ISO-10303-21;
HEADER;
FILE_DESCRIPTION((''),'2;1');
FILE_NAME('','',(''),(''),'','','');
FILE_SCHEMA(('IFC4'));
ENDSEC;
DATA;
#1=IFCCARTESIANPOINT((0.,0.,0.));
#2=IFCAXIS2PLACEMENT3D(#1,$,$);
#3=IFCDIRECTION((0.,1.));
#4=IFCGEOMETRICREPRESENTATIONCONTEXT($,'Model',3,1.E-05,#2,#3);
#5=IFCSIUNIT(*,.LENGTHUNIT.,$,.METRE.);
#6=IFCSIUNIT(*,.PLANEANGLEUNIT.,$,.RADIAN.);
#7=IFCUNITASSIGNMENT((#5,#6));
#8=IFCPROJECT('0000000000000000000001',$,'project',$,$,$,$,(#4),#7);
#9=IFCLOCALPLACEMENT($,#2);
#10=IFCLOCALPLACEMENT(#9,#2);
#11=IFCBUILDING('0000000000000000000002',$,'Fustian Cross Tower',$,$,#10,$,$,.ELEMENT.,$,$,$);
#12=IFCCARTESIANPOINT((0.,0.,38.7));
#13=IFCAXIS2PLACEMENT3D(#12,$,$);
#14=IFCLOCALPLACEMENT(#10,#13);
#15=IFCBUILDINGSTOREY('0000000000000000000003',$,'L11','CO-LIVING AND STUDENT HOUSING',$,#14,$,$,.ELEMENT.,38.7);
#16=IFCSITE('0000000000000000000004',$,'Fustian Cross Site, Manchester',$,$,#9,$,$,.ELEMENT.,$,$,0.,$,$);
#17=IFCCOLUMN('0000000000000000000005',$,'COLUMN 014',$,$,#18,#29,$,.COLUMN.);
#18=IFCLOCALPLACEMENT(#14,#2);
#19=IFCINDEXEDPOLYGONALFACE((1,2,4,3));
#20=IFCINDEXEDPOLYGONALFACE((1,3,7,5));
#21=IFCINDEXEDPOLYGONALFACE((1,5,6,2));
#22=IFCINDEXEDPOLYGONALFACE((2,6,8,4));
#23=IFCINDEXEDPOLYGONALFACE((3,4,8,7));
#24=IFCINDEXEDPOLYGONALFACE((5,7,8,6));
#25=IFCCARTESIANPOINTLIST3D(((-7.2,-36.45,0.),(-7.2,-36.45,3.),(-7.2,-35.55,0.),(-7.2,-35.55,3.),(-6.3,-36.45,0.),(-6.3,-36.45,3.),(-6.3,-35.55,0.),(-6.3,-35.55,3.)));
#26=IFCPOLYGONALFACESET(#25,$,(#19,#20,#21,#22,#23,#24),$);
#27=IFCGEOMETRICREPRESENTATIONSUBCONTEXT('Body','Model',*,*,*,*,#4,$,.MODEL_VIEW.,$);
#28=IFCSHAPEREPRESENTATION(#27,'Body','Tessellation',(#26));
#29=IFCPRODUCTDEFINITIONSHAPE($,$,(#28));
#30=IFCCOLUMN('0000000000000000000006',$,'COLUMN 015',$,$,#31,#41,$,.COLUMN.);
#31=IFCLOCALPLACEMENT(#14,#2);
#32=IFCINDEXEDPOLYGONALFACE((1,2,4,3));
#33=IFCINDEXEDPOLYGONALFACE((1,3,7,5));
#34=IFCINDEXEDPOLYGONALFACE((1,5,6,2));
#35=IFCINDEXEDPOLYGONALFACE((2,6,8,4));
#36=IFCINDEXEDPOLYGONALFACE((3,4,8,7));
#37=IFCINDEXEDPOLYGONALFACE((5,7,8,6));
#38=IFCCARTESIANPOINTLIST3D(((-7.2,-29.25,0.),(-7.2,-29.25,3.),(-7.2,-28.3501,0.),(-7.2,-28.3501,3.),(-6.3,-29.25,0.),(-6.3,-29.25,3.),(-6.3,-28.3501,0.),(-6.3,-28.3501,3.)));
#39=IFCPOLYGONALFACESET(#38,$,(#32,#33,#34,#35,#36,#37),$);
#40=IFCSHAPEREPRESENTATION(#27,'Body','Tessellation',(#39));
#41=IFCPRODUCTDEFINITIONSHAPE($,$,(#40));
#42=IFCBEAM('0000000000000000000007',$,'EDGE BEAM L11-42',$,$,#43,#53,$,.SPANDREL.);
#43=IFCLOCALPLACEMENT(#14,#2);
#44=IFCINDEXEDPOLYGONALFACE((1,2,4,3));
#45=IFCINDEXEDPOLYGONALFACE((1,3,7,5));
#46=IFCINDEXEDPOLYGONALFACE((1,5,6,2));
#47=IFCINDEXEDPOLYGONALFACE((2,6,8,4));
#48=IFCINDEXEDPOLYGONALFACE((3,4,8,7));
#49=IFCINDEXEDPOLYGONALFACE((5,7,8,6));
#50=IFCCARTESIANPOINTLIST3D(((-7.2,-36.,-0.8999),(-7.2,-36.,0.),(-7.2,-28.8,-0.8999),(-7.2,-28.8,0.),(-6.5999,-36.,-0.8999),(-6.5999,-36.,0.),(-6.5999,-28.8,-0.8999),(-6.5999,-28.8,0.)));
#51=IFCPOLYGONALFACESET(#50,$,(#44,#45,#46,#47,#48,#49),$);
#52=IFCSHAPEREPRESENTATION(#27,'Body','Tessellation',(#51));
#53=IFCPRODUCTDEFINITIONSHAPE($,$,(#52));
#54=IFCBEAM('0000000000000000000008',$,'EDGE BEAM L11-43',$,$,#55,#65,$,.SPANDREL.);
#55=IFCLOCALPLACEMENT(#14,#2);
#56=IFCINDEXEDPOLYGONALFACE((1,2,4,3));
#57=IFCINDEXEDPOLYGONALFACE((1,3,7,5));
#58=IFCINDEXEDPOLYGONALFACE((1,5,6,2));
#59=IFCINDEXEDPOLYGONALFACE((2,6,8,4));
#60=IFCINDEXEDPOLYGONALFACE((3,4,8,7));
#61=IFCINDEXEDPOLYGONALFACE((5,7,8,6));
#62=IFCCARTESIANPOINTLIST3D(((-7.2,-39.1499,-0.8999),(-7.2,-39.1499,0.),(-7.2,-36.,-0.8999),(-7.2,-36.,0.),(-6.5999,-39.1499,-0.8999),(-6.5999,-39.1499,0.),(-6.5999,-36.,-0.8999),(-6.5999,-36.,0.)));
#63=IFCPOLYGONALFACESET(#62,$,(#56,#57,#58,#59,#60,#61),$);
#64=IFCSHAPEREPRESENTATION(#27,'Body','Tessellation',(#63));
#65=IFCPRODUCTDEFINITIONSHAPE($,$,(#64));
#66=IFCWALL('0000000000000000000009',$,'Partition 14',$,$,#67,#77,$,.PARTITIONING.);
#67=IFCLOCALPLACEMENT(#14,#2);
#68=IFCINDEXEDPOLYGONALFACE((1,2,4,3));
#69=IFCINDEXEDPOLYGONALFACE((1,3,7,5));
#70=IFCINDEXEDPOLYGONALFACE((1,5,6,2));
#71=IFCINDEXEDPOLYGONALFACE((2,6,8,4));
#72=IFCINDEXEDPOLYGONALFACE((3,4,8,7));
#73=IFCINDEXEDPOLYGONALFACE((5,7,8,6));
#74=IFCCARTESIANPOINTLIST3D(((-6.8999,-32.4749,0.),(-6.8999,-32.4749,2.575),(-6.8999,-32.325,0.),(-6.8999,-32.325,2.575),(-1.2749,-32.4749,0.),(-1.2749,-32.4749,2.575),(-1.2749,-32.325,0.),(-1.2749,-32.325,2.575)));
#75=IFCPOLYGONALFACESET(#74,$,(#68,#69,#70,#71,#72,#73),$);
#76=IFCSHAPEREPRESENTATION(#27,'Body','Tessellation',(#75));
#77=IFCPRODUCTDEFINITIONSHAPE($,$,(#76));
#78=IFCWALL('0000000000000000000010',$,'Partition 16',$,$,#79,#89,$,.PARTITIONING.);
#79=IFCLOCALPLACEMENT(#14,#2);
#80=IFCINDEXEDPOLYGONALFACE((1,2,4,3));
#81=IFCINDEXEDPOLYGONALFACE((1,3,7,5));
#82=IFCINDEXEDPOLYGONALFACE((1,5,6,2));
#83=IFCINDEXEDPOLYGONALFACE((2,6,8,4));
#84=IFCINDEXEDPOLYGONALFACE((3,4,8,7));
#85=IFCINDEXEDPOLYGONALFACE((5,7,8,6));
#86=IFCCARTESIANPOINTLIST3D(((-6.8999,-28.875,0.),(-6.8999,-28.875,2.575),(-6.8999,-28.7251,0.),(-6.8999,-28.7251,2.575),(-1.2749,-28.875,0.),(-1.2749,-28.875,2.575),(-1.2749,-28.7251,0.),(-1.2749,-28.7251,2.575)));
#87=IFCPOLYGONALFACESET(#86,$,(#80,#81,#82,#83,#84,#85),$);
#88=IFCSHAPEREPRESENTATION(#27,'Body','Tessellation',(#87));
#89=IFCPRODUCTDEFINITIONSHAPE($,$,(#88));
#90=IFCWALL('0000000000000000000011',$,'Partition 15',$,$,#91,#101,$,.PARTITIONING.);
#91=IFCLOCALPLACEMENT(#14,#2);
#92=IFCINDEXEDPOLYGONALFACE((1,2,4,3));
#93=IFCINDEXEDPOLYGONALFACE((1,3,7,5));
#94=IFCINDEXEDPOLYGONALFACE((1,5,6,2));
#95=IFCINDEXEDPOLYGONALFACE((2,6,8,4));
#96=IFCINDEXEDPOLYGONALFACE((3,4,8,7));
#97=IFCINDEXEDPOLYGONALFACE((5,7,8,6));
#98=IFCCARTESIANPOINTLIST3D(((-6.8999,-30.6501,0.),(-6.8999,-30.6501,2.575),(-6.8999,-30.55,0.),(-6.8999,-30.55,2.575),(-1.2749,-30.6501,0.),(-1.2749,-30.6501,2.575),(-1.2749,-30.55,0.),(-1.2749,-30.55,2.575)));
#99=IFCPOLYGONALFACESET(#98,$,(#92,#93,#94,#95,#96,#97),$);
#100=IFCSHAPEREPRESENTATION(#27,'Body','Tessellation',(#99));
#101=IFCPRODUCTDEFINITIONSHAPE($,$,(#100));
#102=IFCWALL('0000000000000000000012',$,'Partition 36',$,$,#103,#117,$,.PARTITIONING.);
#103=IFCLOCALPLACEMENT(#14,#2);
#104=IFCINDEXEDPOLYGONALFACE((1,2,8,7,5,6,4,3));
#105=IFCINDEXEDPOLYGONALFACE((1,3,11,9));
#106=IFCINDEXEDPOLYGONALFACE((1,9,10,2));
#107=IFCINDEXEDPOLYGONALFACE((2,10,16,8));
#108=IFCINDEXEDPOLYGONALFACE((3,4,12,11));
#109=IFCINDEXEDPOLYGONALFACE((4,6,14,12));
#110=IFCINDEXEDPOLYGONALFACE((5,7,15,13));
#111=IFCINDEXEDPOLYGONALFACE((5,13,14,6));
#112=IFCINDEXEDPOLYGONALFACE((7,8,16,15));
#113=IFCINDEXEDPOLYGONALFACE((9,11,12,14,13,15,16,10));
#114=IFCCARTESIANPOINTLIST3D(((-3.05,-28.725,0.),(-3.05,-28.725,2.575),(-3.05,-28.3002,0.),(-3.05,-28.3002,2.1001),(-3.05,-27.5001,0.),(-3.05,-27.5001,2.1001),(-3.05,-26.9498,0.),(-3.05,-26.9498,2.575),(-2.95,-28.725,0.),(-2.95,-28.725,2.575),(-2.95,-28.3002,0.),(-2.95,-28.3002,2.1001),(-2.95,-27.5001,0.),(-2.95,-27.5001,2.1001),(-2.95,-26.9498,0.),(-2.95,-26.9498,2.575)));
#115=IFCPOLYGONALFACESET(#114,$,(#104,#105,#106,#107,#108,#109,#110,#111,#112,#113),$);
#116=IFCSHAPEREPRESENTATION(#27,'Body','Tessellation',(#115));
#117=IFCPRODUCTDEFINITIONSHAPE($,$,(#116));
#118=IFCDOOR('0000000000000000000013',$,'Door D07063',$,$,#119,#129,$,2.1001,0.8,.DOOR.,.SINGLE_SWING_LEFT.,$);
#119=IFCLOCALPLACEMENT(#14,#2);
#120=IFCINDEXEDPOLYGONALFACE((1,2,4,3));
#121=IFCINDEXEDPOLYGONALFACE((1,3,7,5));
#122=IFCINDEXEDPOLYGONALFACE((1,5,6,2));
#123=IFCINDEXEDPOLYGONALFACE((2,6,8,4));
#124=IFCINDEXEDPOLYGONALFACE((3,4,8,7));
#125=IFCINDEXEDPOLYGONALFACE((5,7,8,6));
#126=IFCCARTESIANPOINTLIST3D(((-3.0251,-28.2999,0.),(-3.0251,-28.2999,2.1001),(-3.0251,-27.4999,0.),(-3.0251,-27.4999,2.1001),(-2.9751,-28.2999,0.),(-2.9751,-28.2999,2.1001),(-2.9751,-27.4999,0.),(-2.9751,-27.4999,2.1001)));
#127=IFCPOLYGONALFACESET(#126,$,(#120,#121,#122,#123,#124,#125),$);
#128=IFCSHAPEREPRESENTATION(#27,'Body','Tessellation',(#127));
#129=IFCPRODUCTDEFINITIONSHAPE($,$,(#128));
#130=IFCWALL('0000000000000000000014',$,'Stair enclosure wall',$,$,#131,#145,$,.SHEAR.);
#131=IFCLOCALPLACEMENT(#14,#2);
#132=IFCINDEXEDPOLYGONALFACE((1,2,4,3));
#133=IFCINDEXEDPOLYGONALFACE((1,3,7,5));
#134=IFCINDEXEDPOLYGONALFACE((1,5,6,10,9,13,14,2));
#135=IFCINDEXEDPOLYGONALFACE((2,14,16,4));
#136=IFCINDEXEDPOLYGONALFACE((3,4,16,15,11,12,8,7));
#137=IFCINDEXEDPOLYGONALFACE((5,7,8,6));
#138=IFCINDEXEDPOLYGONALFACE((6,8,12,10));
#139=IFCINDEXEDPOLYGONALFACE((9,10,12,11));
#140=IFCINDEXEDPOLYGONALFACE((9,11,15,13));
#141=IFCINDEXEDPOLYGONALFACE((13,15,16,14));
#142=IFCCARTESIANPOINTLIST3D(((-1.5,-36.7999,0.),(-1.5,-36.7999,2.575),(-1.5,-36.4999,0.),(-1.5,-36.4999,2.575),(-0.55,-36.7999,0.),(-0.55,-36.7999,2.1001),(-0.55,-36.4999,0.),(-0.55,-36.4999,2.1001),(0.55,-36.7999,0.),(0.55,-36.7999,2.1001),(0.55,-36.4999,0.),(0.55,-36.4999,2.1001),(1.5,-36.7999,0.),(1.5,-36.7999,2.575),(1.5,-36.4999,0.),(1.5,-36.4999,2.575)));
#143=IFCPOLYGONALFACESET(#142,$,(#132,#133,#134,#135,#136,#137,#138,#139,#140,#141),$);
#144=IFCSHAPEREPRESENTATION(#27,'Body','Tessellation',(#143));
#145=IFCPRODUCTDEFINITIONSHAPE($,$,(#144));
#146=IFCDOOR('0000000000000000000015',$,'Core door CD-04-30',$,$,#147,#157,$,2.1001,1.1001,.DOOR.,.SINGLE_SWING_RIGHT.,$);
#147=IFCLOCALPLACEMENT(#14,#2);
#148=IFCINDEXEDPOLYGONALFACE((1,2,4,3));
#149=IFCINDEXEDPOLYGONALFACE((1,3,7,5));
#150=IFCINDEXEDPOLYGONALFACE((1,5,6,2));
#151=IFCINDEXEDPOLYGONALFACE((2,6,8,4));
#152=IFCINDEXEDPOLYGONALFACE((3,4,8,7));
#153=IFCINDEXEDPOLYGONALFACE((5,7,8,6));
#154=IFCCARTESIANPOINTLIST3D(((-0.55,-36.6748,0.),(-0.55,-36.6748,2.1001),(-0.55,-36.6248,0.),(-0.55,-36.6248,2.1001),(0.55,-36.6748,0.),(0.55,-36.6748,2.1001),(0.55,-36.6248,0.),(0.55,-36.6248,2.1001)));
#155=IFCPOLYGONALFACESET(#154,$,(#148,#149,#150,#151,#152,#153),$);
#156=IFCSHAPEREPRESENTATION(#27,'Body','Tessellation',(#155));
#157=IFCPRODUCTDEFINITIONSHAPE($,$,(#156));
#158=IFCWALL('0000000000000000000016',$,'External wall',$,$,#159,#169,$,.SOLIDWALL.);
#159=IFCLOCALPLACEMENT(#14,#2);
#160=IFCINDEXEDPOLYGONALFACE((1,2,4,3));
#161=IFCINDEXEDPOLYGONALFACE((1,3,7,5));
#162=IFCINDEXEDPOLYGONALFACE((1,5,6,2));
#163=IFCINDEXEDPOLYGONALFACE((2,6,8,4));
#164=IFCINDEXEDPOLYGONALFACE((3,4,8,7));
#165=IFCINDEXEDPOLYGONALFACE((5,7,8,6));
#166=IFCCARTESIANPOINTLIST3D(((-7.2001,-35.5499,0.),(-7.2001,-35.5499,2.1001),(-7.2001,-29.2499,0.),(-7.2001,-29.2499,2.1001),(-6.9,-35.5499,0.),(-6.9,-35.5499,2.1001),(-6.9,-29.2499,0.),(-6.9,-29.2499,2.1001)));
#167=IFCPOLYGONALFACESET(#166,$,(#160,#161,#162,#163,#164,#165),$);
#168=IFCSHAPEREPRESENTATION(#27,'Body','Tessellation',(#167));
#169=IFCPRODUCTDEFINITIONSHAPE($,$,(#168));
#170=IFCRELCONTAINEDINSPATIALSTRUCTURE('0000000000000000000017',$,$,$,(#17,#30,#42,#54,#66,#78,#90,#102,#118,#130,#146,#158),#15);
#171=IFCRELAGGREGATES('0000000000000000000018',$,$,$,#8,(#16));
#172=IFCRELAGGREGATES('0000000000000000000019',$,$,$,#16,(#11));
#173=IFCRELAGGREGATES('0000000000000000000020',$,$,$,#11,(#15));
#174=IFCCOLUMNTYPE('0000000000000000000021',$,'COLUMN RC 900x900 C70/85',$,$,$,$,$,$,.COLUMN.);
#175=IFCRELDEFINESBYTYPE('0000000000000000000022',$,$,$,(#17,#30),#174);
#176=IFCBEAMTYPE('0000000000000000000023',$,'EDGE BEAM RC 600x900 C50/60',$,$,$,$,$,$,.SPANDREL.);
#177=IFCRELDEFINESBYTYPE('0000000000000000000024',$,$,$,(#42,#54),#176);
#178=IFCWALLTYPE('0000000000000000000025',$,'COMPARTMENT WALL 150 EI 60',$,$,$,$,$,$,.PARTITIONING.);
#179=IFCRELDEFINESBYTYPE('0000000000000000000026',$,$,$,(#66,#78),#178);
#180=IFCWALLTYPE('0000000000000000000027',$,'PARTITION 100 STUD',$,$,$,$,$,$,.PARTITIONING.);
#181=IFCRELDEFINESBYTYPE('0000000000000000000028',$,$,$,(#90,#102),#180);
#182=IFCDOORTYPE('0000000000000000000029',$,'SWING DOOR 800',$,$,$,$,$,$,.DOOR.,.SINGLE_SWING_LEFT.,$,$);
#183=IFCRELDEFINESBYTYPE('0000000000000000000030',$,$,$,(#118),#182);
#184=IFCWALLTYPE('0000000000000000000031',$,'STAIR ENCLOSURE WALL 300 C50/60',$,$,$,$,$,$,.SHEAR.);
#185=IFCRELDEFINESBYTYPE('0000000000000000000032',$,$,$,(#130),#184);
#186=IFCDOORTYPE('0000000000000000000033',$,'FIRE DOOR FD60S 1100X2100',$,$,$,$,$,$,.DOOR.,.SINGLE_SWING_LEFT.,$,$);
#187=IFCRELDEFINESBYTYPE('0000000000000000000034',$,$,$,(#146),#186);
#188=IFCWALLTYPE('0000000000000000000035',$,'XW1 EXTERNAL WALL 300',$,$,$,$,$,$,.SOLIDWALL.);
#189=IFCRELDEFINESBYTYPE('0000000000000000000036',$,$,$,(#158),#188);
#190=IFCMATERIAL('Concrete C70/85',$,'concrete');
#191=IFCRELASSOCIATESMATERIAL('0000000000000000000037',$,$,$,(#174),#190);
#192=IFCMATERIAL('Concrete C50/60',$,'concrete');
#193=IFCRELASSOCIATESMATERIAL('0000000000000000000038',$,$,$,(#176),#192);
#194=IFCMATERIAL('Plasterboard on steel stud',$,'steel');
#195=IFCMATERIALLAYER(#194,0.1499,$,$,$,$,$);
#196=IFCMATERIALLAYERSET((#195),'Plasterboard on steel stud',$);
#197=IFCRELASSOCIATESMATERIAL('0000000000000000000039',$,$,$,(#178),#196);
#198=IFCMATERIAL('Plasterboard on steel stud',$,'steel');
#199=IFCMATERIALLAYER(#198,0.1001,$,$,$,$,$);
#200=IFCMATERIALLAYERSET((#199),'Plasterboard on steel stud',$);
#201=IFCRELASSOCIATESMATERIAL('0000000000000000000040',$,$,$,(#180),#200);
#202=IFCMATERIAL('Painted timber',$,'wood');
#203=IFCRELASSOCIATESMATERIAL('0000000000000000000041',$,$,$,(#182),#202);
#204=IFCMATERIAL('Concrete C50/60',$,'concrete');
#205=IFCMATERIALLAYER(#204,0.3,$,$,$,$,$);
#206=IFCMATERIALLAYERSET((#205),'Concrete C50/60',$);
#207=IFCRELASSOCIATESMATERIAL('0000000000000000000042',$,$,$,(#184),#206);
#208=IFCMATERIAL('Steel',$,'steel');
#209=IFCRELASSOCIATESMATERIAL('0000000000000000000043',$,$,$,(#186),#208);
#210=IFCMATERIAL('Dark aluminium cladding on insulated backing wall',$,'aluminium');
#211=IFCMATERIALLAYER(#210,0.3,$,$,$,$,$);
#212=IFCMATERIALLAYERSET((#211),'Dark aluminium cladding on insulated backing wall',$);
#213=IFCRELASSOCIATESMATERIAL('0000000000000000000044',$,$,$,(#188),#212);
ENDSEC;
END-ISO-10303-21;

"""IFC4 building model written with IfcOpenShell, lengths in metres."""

from ifc_helpers import new_model, si_unit, direction, frame, frame_2d, origin, origin_2d, place, context, subcontext, project, spatial, rectangle, extrude, material, layer, layer_set, material_profile, profile_set, type_object, element, fill, save


model = new_model("IFC4")

# Units and contexts
model_context = context("Model", 3, precision=1e-05, world=origin(), true_north=direction((0.0, 1.0)))
body_context = subcontext(model_context, "Body", "Model", "MODEL_VIEW")
ifc_project = project(units=[si_unit("LENGTHUNIT", "METRE"), si_unit("PLANEANGLEUNIT", "RADIAN")], contexts=[model_context])

# Site, building, storey
site_placement = place(None, origin())
site = spatial("IfcSite", under=ifc_project, at=site_placement, Name="Fustian Cross Site, Manchester", CompositionType="ELEMENT", RefElevation=0.0)
building_placement = place(site_placement, origin())
building = spatial("IfcBuilding", under=site, at=building_placement, Name="Fustian Cross Tower", CompositionType="ELEMENT")
storey_placement = place(building_placement, frame((0.0, 0.0, 38.7)))
storey = spatial("IfcBuildingStorey", under=building, at=storey_placement, Name="L11", Description="CO-LIVING AND STUDENT HOUSING", CompositionType="ELEMENT", Elevation=38.7)

# Columns
ifc_material_1 = material(Name="Concrete C70/85", Category="concrete")
ifc_material_profile_1 = material_profile(ifc_material_1, rectangle(XDim=0.8999, YDim=0.8999, at=origin_2d()), Name="RC 900x900")
ifc_profile_set_1 = profile_set([ifc_material_profile_1], Name="Concrete C70/85")
column_type = type_object("IfcColumnType", Name="COLUMN RC 900x900 C70/85", PredefinedType="COLUMN", material=ifc_profile_set_1)
for number, where, z_axis, x_axis, name in (
    (1, (-6.75, -36.0, 0.0), (0.0, 0.0, 1.0), (1.0, 0.0, 0.0), "COLUMN 014"),
    (2, (-6.75, -28.8, 0.0), (0.0, 0.0, 1.0), (1.0, 0.0, 0.0), "COLUMN 015"),
):
    element("IfcColumn", number, at=place(storey_placement, frame(where, z_axis=z_axis, x_axis=x_axis)), inside=storey, type_object=column_type, Name=name, PredefinedType="COLUMN", context=body_context, shape_type="SweptSolid", body=[
        extrude(rectangle(XDim=0.8999, YDim=0.8999, at=origin_2d()), origin(), (0.0, 0.0, 1.0), 3.0),
    ])

# Beams
ifc_material_2 = material(Name="Concrete C50/60", Category="concrete")
ifc_material_profile_2 = material_profile(ifc_material_2, rectangle(XDim=0.6001, YDim=0.8999, at=origin_2d()), Name="RC 600x900")
ifc_profile_set_2 = profile_set([ifc_material_profile_2], Name="Concrete C50/60")
beam_type = type_object("IfcBeamType", Name="EDGE BEAM RC 600x900 C50/60", PredefinedType="SPANDREL", material=ifc_profile_set_2)
beam_1_placement = place(storey_placement, frame((-6.8999, -28.8, -0.45), z_axis=(0.0, -1.0, 0.0), x_axis=(1.0, 0.0, 0.0)))
element("IfcBeam", 3, at=beam_1_placement, inside=storey, type_object=beam_type, Name="EDGE BEAM L11-42", PredefinedType="SPANDREL", context=body_context, shape_type="SweptSolid", body=[
    extrude(rectangle(XDim=0.6001, YDim=0.8999, at=origin_2d()), origin(), (0.0, 0.0, 1.0), 7.2),
])
beam_2_placement = place(storey_placement, frame((-6.8999, -36.0, -0.45), z_axis=(0.0, -1.0, 0.0), x_axis=(1.0, 0.0, 0.0)))
element("IfcBeam", 4, at=beam_2_placement, inside=storey, type_object=beam_type, Name="EDGE BEAM L11-43", PredefinedType="SPANDREL", context=body_context, shape_type="SweptSolid", body=[
    extrude(rectangle(XDim=0.6001, YDim=0.8999, at=origin_2d()), origin(), (0.0, 0.0, 1.0), 3.1499),
])

# Walls
ifc_material_3 = material(Name="Plasterboard on steel stud", Category="steel")
ifc_layer_1 = layer(ifc_material_3, 0.1499)
ifc_layer_set_1 = layer_set([ifc_layer_1], Name="Plasterboard on steel stud")
wall_type_1 = type_object("IfcWallType", Name="COMPARTMENT WALL 150 EI 60", PredefinedType="PARTITIONING", material=ifc_layer_set_1)
for number, where, z_axis, x_axis, name in (
    (5, (-6.8999, -32.3999, 0.0), (0.0, 0.0, 1.0), (1.0, 0.0, 0.0), "Partition 14"),
    (6, (-6.8999, -28.8, 0.0), (0.0, 0.0, 1.0), (1.0, 0.0, 0.0), "Partition 16"),
):
    element("IfcWall", number, at=place(storey_placement, frame(where, z_axis=z_axis, x_axis=x_axis)), inside=storey, type_object=wall_type_1, Name=name, PredefinedType="PARTITIONING", context=body_context, shape_type="SweptSolid", body=[
        extrude(rectangle(XDim=5.625, YDim=0.1499, at=frame_2d((2.8125, 0.0))), origin(), (0.0, 0.0, 1.0), 2.575),
    ])

# Wall
ifc_material_4 = material(Name="Plasterboard on steel stud", Category="steel")
ifc_layer_2 = layer(ifc_material_4, 0.1001)
ifc_layer_set_2 = layer_set([ifc_layer_2], Name="Plasterboard on steel stud")
wall_type_2 = type_object("IfcWallType", Name="PARTITION 100 STUD", PredefinedType="PARTITIONING", material=ifc_layer_set_2)
wall_1_placement = place(storey_placement, frame((-6.8999, -30.6001, 0.0), z_axis=(0.0, 0.0, 1.0), x_axis=(1.0, 0.0, 0.0)))
element("IfcWall", 7, at=wall_1_placement, inside=storey, type_object=wall_type_2, Name="Partition 15", PredefinedType="PARTITIONING", context=body_context, shape_type="SweptSolid", body=[
    extrude(rectangle(XDim=5.625, YDim=0.1001, at=frame_2d((2.8125, 0.0))), origin(), (0.0, 0.0, 1.0), 2.575),
])

# Walls, openings, doors
wall_2_placement = place(storey_placement, frame((-3.0, -28.7251, 0.0), z_axis=(0.0, 0.0, 1.0), x_axis=(0.0, 1.0, 0.0)))
wall_2 = element("IfcWall", 8, at=wall_2_placement, inside=storey, type_object=wall_type_2, Name="Partition 36", PredefinedType="PARTITIONING", context=body_context, shape_type="SweptSolid", body=[
    extrude(rectangle(XDim=1.7751, YDim=0.1001, at=frame_2d((0.8877, 0.0))), origin(), (0.0, 0.0, 1.0), 2.575),
])
opening_1_placement = place(wall_2_placement, frame((0.425, 0.0, 0.0)))
opening_1 = element("IfcOpeningElement", 9, at=opening_1_placement, cuts=wall_2, PredefinedType="OPENING", context=body_context, shape_type="SweptSolid", body=[
    extrude(rectangle(XDim=0.8, YDim=2.1001, at=frame_2d((0.3999, 1.05))), frame((0.0, 0.0601, 0.0), z_axis=(0.0, -1.0, 0.0), x_axis=(1.0, 0.0, 0.0)), (0.0, 0.0, 1.0), 0.1201),
])
ifc_material_5 = material(Name="Painted timber", Category="wood")
door_type_1 = type_object("IfcDoorType", Name="SWING DOOR 800", OperationType="SINGLE_SWING_LEFT", PredefinedType="DOOR", material=ifc_material_5)
door_1_placement = place(opening_1_placement, frame((0.8, 0.0, 0.0), z_axis=(0.0, 0.0, 1.0), x_axis=(-1.0, 0.0, 0.0)))
door_1 = element("IfcDoor", 10, at=door_1_placement, inside=storey, type_object=door_type_1, Name="Door D07063", OperationType="SINGLE_SWING_LEFT", OverallHeight=2.1001, OverallWidth=0.8, PredefinedType="DOOR", context=body_context, shape_type="SweptSolid", body=[
    extrude(rectangle(XDim=0.8, YDim=2.1001, at=frame_2d((0.3999, 1.05))), frame((0.0, 0.0249, 0.0), z_axis=(0.0, -1.0, 0.0), x_axis=(1.0, 0.0, 0.0)), (0.0, 0.0, 1.0), 0.05),
])
fill(opening_1, door_1)
ifc_material_6 = material(Name="Concrete C50/60", Category="concrete")
ifc_layer_3 = layer(ifc_material_6, 0.3)
ifc_layer_set_3 = layer_set([ifc_layer_3], Name="Concrete C50/60")
wall_type_3 = type_object("IfcWallType", Name="STAIR ENCLOSURE WALL 300 C50/60", PredefinedType="SHEAR", material=ifc_layer_set_3)
wall_3_placement = place(storey_placement, frame((-1.5, -36.6499, 0.0), z_axis=(0.0, 0.0, 1.0), x_axis=(1.0, 0.0, 0.0)))
wall_3 = element("IfcWall", 11, at=wall_3_placement, inside=storey, type_object=wall_type_3, Name="Stair enclosure wall", PredefinedType="SHEAR", context=body_context, shape_type="SweptSolid", body=[
    extrude(rectangle(XDim=3.0, YDim=0.3, at=frame_2d((1.5, 0.0))), origin(), (0.0, 0.0, 1.0), 2.575),
])
opening_2_placement = place(wall_3_placement, frame((0.95, 0.0, 0.0)))
opening_2 = element("IfcOpeningElement", 12, at=opening_2_placement, cuts=wall_3, PredefinedType="OPENING", context=body_context, shape_type="SweptSolid", body=[
    extrude(rectangle(XDim=1.1001, YDim=2.1001, at=frame_2d((0.55, 1.05))), frame((0.0, 0.1599, 0.0), z_axis=(0.0, -1.0, 0.0), x_axis=(1.0, 0.0, 0.0)), (0.0, 0.0, 1.0), 0.3201),
])
ifc_material_7 = material(Name="Steel", Category="steel")
door_type_2 = type_object("IfcDoorType", Name="FIRE DOOR FD60S 1100X2100", OperationType="SINGLE_SWING_LEFT", PredefinedType="DOOR", material=ifc_material_7)
door_2_placement = place(opening_2_placement, frame((1.1001, 0.0, 0.0), z_axis=(0.0, 0.0, 1.0), x_axis=(-1.0, 0.0, 0.0)))
door_2 = element("IfcDoor", 13, at=door_2_placement, inside=storey, type_object=door_type_2, Name="Core door CD-04-30", OperationType="SINGLE_SWING_RIGHT", OverallHeight=2.1001, OverallWidth=1.1001, PredefinedType="DOOR", context=body_context, shape_type="SweptSolid", body=[
    extrude(rectangle(XDim=1.1001, YDim=2.1001, at=frame_2d((0.55, 1.05))), frame((0.0, 0.0249, 0.0), z_axis=(0.0, -1.0, 0.0), x_axis=(1.0, 0.0, 0.0)), (0.0, 0.0, 1.0), 0.05),
])
fill(opening_2, door_2)

# Wall
ifc_material_8 = material(Name="Dark aluminium cladding on insulated backing wall", Category="aluminium")
ifc_layer_4 = layer(ifc_material_8, 0.3)
ifc_layer_set_4 = layer_set([ifc_layer_4], Name="Dark aluminium cladding on insulated backing wall")
wall_type_4 = type_object("IfcWallType", Name="XW1 EXTERNAL WALL 300", PredefinedType="SOLIDWALL", material=ifc_layer_set_4)
wall_4_placement = place(storey_placement, frame((-7.05, -29.25, 0.0), z_axis=(0.0, 0.0, 1.0), x_axis=(0.0, -1.0, 0.0)))
element("IfcWall", 14, at=wall_4_placement, inside=storey, type_object=wall_type_4, Name="External wall", PredefinedType="SOLIDWALL", context=body_context, shape_type="SweptSolid", body=[
    extrude(rectangle(XDim=6.3, YDim=0.3, at=frame_2d((3.1499, 0.0))), origin(), (0.0, 0.0, 1.0), 2.1001),
])

save(model, "model.ifc")
